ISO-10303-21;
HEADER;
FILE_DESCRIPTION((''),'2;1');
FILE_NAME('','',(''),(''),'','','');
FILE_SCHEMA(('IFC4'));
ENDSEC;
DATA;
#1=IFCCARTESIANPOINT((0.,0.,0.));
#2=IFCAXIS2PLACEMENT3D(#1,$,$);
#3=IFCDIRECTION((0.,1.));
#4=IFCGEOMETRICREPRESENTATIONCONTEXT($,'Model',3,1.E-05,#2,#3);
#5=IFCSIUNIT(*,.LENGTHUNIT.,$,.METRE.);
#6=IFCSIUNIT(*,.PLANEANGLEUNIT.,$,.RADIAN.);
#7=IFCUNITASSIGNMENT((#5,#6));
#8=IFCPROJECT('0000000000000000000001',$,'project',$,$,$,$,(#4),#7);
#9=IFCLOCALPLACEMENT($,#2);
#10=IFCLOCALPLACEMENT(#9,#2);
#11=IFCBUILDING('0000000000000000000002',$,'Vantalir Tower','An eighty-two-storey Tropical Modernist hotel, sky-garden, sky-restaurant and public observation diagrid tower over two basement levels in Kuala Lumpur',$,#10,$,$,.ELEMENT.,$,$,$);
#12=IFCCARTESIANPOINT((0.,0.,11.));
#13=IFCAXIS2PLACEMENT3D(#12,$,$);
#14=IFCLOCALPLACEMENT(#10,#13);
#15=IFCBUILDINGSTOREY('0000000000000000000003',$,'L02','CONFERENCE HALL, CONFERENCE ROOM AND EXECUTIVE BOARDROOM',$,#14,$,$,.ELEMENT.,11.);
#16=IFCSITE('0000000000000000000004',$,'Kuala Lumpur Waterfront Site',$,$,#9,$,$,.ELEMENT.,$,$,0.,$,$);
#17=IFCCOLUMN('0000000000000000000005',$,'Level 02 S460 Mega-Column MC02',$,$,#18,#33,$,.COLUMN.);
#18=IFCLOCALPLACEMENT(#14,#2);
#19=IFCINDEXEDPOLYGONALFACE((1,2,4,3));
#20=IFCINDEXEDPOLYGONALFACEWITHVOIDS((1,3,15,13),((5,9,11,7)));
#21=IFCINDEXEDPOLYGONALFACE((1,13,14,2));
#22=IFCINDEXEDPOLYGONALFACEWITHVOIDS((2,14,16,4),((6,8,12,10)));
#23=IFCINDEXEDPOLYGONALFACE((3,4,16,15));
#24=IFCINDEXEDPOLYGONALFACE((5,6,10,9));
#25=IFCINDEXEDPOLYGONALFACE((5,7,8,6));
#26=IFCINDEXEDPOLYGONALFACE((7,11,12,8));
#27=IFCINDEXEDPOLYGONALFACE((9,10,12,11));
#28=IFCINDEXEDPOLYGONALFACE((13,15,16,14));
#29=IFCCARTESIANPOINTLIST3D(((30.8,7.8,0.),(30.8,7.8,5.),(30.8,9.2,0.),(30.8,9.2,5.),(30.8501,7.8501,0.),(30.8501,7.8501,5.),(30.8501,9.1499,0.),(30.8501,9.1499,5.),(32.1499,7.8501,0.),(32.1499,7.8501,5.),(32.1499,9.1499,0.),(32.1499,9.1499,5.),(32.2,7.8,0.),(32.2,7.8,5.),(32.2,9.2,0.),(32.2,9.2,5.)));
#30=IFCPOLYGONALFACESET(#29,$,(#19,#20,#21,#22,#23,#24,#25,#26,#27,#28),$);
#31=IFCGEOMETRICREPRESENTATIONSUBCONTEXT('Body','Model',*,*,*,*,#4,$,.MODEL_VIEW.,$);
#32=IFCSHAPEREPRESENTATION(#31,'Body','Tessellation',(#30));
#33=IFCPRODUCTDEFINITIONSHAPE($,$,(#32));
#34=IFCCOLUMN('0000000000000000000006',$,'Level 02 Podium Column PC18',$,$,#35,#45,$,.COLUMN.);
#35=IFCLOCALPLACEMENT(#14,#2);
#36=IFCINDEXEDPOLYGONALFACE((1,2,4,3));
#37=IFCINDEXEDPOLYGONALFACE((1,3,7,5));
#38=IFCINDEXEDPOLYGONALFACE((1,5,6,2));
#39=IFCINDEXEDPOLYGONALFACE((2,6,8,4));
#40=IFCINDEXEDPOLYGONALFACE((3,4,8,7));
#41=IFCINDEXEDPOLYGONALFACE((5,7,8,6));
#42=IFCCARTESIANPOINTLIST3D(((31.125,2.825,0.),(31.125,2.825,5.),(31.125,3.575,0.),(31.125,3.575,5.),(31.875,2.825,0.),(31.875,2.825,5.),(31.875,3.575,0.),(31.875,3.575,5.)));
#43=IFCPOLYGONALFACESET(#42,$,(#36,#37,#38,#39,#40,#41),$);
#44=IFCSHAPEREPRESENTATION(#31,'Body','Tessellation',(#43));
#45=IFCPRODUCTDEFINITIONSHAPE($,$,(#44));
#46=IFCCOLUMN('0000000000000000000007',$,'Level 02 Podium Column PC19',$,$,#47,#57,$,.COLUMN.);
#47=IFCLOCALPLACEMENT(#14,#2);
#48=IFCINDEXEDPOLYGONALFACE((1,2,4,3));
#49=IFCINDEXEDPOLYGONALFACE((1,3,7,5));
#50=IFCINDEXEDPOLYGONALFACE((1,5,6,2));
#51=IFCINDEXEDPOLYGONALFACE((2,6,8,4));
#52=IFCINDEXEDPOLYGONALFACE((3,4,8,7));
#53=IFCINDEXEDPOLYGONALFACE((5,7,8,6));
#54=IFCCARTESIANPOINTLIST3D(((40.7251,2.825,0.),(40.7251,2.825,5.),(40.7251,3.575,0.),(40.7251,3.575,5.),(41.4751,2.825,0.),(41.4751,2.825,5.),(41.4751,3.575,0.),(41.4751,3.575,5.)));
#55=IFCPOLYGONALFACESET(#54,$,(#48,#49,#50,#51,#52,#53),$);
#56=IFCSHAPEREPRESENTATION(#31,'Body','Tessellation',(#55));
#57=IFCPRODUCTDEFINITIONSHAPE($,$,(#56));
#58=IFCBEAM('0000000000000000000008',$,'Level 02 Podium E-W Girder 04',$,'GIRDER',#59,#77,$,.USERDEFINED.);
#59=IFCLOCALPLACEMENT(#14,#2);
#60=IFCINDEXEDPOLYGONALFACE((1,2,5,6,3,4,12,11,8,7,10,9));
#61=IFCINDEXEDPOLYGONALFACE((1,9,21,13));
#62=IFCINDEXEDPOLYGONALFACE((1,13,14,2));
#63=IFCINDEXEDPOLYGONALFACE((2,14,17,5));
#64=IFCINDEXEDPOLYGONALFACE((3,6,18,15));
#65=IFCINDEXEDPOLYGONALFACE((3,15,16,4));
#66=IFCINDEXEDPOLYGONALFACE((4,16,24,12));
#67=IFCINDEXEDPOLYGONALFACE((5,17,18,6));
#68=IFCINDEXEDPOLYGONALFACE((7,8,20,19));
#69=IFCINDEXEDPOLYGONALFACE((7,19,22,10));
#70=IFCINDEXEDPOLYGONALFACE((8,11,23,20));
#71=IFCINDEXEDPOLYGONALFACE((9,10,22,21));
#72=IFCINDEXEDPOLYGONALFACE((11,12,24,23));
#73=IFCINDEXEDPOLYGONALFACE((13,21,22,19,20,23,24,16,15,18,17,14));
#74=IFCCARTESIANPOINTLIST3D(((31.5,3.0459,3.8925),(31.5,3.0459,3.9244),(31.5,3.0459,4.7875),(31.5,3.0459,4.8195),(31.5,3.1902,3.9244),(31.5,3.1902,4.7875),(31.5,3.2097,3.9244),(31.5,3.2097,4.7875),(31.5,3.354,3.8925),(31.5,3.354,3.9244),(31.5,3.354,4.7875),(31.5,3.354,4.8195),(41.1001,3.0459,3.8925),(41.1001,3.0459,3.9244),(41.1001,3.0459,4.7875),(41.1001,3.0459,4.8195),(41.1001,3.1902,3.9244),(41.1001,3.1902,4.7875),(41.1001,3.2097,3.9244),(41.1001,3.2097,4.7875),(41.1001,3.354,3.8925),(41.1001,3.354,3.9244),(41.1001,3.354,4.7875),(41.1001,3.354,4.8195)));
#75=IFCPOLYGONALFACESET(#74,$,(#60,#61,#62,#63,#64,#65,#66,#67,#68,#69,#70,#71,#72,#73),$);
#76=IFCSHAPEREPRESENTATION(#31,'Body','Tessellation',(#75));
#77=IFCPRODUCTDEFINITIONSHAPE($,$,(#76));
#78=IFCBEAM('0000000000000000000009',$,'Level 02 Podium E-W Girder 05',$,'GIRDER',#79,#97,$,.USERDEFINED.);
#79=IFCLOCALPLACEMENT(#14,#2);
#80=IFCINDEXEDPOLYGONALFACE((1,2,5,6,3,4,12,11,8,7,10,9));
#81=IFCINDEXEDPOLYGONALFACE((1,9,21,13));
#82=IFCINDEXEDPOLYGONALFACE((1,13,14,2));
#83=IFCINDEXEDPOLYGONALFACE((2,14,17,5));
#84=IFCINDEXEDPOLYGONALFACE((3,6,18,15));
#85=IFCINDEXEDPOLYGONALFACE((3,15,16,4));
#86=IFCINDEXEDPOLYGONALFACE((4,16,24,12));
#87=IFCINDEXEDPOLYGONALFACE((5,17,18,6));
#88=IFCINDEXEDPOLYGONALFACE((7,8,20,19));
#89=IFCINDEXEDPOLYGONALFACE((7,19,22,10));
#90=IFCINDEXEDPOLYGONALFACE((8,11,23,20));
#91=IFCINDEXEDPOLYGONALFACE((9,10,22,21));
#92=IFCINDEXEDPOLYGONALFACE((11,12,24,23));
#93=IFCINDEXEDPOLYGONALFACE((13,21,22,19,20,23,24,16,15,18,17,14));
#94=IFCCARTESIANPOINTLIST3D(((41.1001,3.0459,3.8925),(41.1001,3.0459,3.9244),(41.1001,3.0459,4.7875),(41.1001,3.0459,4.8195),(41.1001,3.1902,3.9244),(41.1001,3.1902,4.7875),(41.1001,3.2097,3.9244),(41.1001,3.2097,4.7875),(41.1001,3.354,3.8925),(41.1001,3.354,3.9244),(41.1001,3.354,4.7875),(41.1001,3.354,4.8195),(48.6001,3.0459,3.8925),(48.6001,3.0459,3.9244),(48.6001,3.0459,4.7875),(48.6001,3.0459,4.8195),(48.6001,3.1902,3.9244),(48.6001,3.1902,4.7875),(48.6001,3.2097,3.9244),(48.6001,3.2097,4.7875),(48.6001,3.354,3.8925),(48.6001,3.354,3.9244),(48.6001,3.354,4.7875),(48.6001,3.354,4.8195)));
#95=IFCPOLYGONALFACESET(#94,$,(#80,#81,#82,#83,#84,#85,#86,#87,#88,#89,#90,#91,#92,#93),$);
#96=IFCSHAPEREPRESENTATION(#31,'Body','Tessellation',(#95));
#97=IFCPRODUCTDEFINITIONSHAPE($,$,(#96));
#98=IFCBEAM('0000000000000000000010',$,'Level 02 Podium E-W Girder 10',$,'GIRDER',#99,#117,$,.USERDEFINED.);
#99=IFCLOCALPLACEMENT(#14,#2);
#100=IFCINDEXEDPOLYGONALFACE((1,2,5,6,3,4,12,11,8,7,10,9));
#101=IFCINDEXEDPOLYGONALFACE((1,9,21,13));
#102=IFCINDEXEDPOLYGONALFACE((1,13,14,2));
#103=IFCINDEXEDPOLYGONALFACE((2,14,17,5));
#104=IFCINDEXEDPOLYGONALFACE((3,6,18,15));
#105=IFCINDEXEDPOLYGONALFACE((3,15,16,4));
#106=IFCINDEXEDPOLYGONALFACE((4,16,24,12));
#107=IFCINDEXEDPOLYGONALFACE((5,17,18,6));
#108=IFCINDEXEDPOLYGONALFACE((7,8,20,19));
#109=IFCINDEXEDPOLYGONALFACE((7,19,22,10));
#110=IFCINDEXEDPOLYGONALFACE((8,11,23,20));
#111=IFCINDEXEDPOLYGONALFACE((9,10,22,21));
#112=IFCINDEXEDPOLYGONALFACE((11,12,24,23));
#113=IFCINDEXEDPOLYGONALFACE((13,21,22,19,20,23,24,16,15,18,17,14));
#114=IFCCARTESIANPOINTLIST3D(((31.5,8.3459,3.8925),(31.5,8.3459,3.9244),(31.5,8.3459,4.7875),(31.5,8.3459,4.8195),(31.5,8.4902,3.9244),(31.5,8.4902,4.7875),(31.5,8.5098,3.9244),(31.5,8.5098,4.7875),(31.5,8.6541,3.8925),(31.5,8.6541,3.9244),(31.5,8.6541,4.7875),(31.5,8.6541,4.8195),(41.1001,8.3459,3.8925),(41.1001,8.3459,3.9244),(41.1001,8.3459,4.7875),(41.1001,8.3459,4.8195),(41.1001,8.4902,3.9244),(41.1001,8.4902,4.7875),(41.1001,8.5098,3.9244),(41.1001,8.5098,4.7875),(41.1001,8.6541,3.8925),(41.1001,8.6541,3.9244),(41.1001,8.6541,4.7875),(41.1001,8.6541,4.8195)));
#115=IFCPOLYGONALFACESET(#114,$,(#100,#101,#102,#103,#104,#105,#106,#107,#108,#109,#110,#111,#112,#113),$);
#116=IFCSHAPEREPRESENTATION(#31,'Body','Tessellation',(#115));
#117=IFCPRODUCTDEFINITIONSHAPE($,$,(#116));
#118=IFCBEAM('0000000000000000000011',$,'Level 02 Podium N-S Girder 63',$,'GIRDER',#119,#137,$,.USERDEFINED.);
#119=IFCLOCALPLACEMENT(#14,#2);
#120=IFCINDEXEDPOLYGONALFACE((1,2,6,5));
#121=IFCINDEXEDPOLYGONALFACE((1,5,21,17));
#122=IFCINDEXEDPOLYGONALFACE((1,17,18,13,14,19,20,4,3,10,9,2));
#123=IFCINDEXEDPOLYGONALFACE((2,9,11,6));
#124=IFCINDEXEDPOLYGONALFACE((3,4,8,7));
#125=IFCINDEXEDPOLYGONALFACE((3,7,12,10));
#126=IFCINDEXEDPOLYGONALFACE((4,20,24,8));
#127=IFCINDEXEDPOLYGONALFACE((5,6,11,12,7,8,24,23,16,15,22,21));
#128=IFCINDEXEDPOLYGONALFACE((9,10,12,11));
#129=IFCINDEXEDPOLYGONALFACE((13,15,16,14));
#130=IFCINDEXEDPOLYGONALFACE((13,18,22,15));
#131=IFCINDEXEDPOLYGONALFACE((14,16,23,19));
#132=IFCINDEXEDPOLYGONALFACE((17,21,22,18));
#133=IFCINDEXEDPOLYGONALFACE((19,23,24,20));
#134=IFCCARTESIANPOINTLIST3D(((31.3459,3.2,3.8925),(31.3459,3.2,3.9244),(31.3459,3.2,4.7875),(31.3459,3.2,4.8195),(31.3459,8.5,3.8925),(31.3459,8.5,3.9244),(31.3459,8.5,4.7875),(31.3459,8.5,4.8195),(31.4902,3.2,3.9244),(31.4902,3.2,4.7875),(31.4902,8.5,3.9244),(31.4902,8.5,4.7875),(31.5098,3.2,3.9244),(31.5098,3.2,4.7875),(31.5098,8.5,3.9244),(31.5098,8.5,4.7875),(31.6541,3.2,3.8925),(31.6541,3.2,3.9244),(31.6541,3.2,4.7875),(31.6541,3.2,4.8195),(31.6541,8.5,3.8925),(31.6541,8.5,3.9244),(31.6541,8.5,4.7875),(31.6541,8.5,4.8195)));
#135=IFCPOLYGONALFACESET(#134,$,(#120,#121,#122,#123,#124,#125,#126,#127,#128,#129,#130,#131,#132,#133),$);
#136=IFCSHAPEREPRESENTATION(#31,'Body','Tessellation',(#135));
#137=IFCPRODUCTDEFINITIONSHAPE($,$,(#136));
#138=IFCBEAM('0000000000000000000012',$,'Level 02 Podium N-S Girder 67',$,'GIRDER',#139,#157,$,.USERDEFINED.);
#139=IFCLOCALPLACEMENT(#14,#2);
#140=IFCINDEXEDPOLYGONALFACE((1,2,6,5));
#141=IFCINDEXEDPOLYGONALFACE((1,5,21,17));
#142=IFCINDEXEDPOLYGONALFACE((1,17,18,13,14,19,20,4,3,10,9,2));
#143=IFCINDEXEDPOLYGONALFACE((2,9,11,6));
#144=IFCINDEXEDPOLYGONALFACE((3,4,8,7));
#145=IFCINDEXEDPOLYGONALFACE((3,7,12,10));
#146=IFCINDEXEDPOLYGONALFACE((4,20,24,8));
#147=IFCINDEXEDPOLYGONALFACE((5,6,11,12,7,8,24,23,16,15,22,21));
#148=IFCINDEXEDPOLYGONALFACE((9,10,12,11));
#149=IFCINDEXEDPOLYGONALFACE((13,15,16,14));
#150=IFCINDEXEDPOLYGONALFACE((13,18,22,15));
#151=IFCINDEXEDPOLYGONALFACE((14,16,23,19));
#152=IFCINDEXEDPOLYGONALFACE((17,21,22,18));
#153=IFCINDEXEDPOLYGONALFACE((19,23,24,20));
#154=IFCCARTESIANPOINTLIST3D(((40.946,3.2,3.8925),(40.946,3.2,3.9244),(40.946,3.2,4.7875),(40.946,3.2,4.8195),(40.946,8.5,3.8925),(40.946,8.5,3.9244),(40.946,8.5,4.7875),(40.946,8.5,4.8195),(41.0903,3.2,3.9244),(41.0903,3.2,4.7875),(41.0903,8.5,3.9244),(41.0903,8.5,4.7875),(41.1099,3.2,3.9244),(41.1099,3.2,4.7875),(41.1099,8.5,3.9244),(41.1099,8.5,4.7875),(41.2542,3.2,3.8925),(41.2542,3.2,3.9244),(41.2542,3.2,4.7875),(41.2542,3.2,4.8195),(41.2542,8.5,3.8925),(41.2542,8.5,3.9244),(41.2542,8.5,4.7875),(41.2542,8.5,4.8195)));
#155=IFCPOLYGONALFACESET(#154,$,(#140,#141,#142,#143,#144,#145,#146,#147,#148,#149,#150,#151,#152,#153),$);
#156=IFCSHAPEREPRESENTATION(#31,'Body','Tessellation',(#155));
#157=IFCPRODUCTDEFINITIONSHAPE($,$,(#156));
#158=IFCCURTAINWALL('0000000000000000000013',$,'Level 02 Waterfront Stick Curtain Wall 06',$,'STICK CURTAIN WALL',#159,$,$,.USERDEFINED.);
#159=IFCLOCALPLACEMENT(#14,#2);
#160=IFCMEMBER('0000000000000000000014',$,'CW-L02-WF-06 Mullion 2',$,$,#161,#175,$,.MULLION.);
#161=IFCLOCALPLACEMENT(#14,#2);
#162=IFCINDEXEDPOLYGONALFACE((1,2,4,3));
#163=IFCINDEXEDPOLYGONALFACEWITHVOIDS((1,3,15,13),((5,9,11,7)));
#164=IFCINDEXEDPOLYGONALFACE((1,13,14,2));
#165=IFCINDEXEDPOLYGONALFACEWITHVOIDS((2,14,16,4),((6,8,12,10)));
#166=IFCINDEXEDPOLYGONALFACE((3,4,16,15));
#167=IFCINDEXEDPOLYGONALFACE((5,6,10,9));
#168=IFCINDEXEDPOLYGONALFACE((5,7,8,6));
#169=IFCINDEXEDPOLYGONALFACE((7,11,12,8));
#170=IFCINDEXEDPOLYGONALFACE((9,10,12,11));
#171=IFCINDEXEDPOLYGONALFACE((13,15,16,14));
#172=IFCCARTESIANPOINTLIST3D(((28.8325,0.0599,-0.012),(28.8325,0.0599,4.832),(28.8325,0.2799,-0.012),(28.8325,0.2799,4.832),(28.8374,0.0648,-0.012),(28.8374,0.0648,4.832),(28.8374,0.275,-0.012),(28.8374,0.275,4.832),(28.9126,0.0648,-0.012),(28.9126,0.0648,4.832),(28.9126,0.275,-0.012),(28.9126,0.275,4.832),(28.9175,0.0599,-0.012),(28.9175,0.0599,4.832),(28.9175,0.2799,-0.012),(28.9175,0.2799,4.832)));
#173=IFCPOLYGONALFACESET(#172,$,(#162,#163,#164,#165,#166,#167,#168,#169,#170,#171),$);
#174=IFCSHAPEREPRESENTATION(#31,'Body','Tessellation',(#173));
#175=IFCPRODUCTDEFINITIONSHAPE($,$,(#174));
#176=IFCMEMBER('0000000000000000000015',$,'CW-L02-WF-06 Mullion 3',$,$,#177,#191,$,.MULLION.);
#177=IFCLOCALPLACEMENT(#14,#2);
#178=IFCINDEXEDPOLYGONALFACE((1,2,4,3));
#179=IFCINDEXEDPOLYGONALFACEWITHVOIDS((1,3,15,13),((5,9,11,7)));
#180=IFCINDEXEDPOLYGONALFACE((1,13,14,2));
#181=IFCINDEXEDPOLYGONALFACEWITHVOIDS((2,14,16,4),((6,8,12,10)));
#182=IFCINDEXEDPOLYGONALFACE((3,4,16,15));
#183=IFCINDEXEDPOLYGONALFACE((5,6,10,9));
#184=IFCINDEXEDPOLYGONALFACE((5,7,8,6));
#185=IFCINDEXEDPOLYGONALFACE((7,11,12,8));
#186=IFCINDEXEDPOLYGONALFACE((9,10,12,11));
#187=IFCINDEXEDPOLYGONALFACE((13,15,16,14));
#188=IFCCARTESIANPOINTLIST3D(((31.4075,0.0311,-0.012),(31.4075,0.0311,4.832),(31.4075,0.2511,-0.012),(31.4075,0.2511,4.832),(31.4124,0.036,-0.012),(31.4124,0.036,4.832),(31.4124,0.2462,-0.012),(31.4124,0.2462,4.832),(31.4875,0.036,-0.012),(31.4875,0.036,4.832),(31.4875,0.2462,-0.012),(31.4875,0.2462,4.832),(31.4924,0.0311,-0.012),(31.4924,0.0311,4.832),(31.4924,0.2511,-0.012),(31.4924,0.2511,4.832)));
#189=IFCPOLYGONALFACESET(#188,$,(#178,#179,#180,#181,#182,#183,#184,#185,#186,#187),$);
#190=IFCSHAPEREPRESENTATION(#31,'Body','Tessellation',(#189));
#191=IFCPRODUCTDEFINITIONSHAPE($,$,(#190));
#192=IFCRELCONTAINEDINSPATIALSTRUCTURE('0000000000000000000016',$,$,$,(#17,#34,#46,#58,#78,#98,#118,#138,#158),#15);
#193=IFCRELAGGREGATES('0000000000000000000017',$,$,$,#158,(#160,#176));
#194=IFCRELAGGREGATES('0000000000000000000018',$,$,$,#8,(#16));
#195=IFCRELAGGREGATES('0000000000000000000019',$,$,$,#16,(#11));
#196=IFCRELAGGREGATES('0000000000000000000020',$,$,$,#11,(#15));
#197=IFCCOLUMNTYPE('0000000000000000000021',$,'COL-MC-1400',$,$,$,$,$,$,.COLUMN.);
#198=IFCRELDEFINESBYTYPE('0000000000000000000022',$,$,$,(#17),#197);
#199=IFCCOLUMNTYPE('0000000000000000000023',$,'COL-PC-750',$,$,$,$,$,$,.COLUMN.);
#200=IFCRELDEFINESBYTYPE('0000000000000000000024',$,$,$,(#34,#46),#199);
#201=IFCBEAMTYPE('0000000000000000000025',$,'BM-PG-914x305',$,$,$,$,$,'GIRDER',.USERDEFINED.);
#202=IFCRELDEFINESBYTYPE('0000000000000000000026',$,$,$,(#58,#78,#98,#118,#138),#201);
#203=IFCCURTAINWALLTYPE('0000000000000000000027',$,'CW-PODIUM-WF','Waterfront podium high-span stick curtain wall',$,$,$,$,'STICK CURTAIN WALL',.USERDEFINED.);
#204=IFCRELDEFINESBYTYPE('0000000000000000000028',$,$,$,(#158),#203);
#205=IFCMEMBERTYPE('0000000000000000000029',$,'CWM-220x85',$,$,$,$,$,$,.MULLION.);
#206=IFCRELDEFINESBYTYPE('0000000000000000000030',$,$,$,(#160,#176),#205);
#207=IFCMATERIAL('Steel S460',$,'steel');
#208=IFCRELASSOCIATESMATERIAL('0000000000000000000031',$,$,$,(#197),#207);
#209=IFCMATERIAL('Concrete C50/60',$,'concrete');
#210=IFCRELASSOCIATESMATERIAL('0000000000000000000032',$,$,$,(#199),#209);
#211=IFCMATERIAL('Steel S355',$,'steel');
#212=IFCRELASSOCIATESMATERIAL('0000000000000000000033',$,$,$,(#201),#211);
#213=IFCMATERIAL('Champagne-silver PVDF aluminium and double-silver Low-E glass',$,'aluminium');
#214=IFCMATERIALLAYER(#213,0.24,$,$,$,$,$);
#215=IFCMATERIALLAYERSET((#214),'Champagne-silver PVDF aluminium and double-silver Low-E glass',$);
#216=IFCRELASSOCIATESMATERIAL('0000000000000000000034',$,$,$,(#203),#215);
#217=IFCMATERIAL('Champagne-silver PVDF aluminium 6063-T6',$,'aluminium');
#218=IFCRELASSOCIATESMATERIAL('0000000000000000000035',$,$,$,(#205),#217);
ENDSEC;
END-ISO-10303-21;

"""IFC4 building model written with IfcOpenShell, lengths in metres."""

from ifc_helpers import new_model, si_unit, direction, frame, origin, origin_2d, place, context, subcontext, project, spatial, rectangle, hollow_rectangle, i_section, extrude, material, layer, layer_set, material_profile, profile_set, type_object, element, aggregate, save


model = new_model("IFC4")

# Units and contexts
model_context = context("Model", 3, precision=1e-05, world=origin(), true_north=direction((0.0, 1.0)))
body_context = subcontext(model_context, "Body", "Model", "MODEL_VIEW")
ifc_project = project(units=[si_unit("LENGTHUNIT", "METRE"), si_unit("PLANEANGLEUNIT", "RADIAN")], contexts=[model_context])

# Site, building, storey
site_placement = place(None, origin())
site = spatial("IfcSite", under=ifc_project, at=site_placement, Name="Kuala Lumpur Waterfront Site", CompositionType="ELEMENT", RefElevation=0.0)
building_placement = place(site_placement, origin())
building = spatial("IfcBuilding", under=site, at=building_placement, Name="Vantalir Tower", Description="An eighty-two-storey Tropical Modernist hotel, sky-garden, sky-restaurant and public observation diagrid tower over two basement levels in Kuala Lumpur", CompositionType="ELEMENT")
storey_placement = place(building_placement, frame((0.0, 0.0, 11.0)))
storey = spatial("IfcBuildingStorey", under=building, at=storey_placement, Name="L02", Description="CONFERENCE HALL, CONFERENCE ROOM AND EXECUTIVE BOARDROOM", CompositionType="ELEMENT", Elevation=11.0)

# Columns
ifc_material_1 = material(Name="Steel S460", Category="steel")
ifc_material_profile_1 = material_profile(ifc_material_1, hollow_rectangle(XDim=1.3999, YDim=1.3999, WallThickness=0.05, at=origin_2d()), Name="Steel S460")
ifc_profile_set_1 = profile_set([ifc_material_profile_1], Name="Steel S460")
column_type_1 = type_object("IfcColumnType", Name="COL-MC-1400", PredefinedType="COLUMN", material=ifc_profile_set_1)
column_placement = place(storey_placement, frame((31.5, 8.5, 0.0), z_axis=(0.0, 0.0, 1.0), x_axis=(1.0, 0.0, 0.0)))
element("IfcColumn", 1, at=column_placement, inside=storey, type_object=column_type_1, Name="Level 02 S460 Mega-Column MC02", PredefinedType="COLUMN", context=body_context, shape_type="SweptSolid", body=[
    extrude(hollow_rectangle(XDim=1.3999, YDim=1.3999, WallThickness=0.05, at=origin_2d()), origin(), (0.0, 0.0, 1.0), 5.0),
])
ifc_material_2 = material(Name="Concrete C50/60", Category="concrete")
ifc_material_profile_2 = material_profile(ifc_material_2, rectangle(XDim=0.75, YDim=0.75, at=origin_2d()), Name="Concrete C50/60")
ifc_profile_set_2 = profile_set([ifc_material_profile_2], Name="Concrete C50/60")
column_type_2 = type_object("IfcColumnType", Name="COL-PC-750", PredefinedType="COLUMN", material=ifc_profile_set_2)
for number, where, z_axis, x_axis, name in (
    (2, (31.5, 3.2, 0.0), (0.0, 0.0, 1.0), (1.0, 0.0, 0.0), "Level 02 Podium Column PC18"),
    (3, (41.1001, 3.2, 0.0), (0.0, 0.0, 1.0), (1.0, 0.0, 0.0), "Level 02 Podium Column PC19"),
):
    element("IfcColumn", number, at=place(storey_placement, frame(where, z_axis=z_axis, x_axis=x_axis)), inside=storey, type_object=column_type_2, Name=name, PredefinedType="COLUMN", context=body_context, shape_type="SweptSolid", body=[
        extrude(rectangle(XDim=0.75, YDim=0.75, at=origin_2d()), origin(), (0.0, 0.0, 1.0), 5.0),
    ])

# Beams
ifc_material_3 = material(Name="Steel S355", Category="steel")
ifc_material_profile_3 = material_profile(ifc_material_3, i_section(OverallWidth=0.3081, OverallDepth=0.927, WebThickness=0.0195, FlangeThickness=0.032, at=origin_2d()), Name="Steel S355")
ifc_profile_set_3 = profile_set([ifc_material_profile_3], Name="Steel S355")
beam_type = type_object("IfcBeamType", Name="BM-PG-914x305", ElementType="GIRDER", PredefinedType="USERDEFINED", material=ifc_profile_set_3)
beam_1_placement = place(storey_placement, frame((31.5, 3.2, 4.356), z_axis=(1.0, 0.0, 0.0), x_axis=(0.0, 1.0, 0.0)))
element("IfcBeam", 4, at=beam_1_placement, inside=storey, type_object=beam_type, Name="Level 02 Podium E-W Girder 04", ObjectType="GIRDER", PredefinedType="USERDEFINED", context=body_context, shape_type="SweptSolid", body=[
    extrude(i_section(OverallWidth=0.3081, OverallDepth=0.927, WebThickness=0.0195, FlangeThickness=0.032, at=origin_2d()), origin(), (0.0, 0.0, 1.0), 9.6001),
])
beam_2_placement = place(storey_placement, frame((41.1001, 3.2, 4.356), z_axis=(1.0, 0.0, 0.0), x_axis=(0.0, 1.0, 0.0)))
element("IfcBeam", 5, at=beam_2_placement, inside=storey, type_object=beam_type, Name="Level 02 Podium E-W Girder 05", ObjectType="GIRDER", PredefinedType="USERDEFINED", context=body_context, shape_type="SweptSolid", body=[
    extrude(i_section(OverallWidth=0.3081, OverallDepth=0.927, WebThickness=0.0195, FlangeThickness=0.032, at=origin_2d()), origin(), (0.0, 0.0, 1.0), 7.5),
])
beam_3_placement = place(storey_placement, frame((31.5, 8.5, 4.356), z_axis=(1.0, 0.0, 0.0), x_axis=(0.0, 1.0, 0.0)))
element("IfcBeam", 6, at=beam_3_placement, inside=storey, type_object=beam_type, Name="Level 02 Podium E-W Girder 10", ObjectType="GIRDER", PredefinedType="USERDEFINED", context=body_context, shape_type="SweptSolid", body=[
    extrude(i_section(OverallWidth=0.3081, OverallDepth=0.927, WebThickness=0.0195, FlangeThickness=0.032, at=origin_2d()), origin(), (0.0, 0.0, 1.0), 9.6001),
])
for number, where, z_axis, x_axis, name in (
    (7, (31.5, 3.2, 4.356), (0.0, 1.0, 0.0), (-1.0, 0.0, 0.0), "Level 02 Podium N-S Girder 63"),
    (8, (41.1001, 3.2, 4.356), (0.0, 1.0, 0.0), (-1.0, 0.0, 0.0), "Level 02 Podium N-S Girder 67"),
):
    element("IfcBeam", number, at=place(storey_placement, frame(where, z_axis=z_axis, x_axis=x_axis)), inside=storey, type_object=beam_type, Name=name, ObjectType="GIRDER", PredefinedType="USERDEFINED", context=body_context, shape_type="SweptSolid", body=[
        extrude(i_section(OverallWidth=0.3081, OverallDepth=0.927, WebThickness=0.0195, FlangeThickness=0.032, at=origin_2d()), origin(), (0.0, 0.0, 1.0), 5.3),
    ])

# Curtain wall, members
ifc_material_4 = material(Name="Champagne-silver PVDF aluminium and double-silver Low-E glass", Category="aluminium")
ifc_layer_1 = layer(ifc_material_4, 0.24)
ifc_layer_set_1 = layer_set([ifc_layer_1], Name="Champagne-silver PVDF aluminium and double-silver Low-E glass")
curtain_wall_type = type_object("IfcCurtainWallType", Name="CW-PODIUM-WF", Description="Waterfront podium high-span stick curtain wall", ElementType="STICK CURTAIN WALL", PredefinedType="USERDEFINED", material=ifc_layer_set_1)
curtain_wall_1_placement = place(storey_placement, origin())
curtain_wall_1 = element("IfcCurtainWall", 9, at=curtain_wall_1_placement, inside=storey, type_object=curtain_wall_type, Name="Level 02 Waterfront Stick Curtain Wall 06", ObjectType="STICK CURTAIN WALL", PredefinedType="USERDEFINED")
ifc_material_5 = material(Name="Champagne-silver PVDF aluminium 6063-T6", Category="aluminium")
ifc_material_profile_4 = material_profile(ifc_material_5, hollow_rectangle(XDim=0.085, YDim=0.22, WallThickness=0.0049, at=origin_2d()), Name="Champagne-silver PVDF aluminium 6063-T6")
ifc_profile_set_4 = profile_set([ifc_material_profile_4], Name="Champagne-silver PVDF aluminium 6063-T6")
member_type_1 = type_object("IfcMemberType", Name="CWM-220x85", PredefinedType="MULLION", material=ifc_profile_set_4)
member_1_placement = place(storey_placement, frame((28.875, 0.1699, -0.012), z_axis=(0.0, 0.0, 1.0), x_axis=(1.0, 0.0, 0.0)))
member_1 = element("IfcMember", 10, at=member_1_placement, type_object=member_type_1, Name="CW-L02-WF-06 Mullion 2", PredefinedType="MULLION", context=body_context, shape_type="SweptSolid", body=[
    extrude(hollow_rectangle(XDim=0.085, YDim=0.22, WallThickness=0.0049, at=origin_2d()), origin(), (0.0, 0.0, 1.0), 4.844),
])
member_2_placement = place(storey_placement, frame((31.45, 0.1411, -0.012), z_axis=(0.0, 0.0, 1.0), x_axis=(1.0, 0.0, 0.0)))
member_2 = element("IfcMember", 11, at=member_2_placement, type_object=member_type_1, Name="CW-L02-WF-06 Mullion 3", PredefinedType="MULLION", context=body_context, shape_type="SweptSolid", body=[
    extrude(hollow_rectangle(XDim=0.085, YDim=0.22, WallThickness=0.0049, at=origin_2d()), origin(), (0.0, 0.0, 1.0), 4.844),
])

aggregate(curtain_wall_1, [member_1, member_2])

save(model, "model.ifc")
